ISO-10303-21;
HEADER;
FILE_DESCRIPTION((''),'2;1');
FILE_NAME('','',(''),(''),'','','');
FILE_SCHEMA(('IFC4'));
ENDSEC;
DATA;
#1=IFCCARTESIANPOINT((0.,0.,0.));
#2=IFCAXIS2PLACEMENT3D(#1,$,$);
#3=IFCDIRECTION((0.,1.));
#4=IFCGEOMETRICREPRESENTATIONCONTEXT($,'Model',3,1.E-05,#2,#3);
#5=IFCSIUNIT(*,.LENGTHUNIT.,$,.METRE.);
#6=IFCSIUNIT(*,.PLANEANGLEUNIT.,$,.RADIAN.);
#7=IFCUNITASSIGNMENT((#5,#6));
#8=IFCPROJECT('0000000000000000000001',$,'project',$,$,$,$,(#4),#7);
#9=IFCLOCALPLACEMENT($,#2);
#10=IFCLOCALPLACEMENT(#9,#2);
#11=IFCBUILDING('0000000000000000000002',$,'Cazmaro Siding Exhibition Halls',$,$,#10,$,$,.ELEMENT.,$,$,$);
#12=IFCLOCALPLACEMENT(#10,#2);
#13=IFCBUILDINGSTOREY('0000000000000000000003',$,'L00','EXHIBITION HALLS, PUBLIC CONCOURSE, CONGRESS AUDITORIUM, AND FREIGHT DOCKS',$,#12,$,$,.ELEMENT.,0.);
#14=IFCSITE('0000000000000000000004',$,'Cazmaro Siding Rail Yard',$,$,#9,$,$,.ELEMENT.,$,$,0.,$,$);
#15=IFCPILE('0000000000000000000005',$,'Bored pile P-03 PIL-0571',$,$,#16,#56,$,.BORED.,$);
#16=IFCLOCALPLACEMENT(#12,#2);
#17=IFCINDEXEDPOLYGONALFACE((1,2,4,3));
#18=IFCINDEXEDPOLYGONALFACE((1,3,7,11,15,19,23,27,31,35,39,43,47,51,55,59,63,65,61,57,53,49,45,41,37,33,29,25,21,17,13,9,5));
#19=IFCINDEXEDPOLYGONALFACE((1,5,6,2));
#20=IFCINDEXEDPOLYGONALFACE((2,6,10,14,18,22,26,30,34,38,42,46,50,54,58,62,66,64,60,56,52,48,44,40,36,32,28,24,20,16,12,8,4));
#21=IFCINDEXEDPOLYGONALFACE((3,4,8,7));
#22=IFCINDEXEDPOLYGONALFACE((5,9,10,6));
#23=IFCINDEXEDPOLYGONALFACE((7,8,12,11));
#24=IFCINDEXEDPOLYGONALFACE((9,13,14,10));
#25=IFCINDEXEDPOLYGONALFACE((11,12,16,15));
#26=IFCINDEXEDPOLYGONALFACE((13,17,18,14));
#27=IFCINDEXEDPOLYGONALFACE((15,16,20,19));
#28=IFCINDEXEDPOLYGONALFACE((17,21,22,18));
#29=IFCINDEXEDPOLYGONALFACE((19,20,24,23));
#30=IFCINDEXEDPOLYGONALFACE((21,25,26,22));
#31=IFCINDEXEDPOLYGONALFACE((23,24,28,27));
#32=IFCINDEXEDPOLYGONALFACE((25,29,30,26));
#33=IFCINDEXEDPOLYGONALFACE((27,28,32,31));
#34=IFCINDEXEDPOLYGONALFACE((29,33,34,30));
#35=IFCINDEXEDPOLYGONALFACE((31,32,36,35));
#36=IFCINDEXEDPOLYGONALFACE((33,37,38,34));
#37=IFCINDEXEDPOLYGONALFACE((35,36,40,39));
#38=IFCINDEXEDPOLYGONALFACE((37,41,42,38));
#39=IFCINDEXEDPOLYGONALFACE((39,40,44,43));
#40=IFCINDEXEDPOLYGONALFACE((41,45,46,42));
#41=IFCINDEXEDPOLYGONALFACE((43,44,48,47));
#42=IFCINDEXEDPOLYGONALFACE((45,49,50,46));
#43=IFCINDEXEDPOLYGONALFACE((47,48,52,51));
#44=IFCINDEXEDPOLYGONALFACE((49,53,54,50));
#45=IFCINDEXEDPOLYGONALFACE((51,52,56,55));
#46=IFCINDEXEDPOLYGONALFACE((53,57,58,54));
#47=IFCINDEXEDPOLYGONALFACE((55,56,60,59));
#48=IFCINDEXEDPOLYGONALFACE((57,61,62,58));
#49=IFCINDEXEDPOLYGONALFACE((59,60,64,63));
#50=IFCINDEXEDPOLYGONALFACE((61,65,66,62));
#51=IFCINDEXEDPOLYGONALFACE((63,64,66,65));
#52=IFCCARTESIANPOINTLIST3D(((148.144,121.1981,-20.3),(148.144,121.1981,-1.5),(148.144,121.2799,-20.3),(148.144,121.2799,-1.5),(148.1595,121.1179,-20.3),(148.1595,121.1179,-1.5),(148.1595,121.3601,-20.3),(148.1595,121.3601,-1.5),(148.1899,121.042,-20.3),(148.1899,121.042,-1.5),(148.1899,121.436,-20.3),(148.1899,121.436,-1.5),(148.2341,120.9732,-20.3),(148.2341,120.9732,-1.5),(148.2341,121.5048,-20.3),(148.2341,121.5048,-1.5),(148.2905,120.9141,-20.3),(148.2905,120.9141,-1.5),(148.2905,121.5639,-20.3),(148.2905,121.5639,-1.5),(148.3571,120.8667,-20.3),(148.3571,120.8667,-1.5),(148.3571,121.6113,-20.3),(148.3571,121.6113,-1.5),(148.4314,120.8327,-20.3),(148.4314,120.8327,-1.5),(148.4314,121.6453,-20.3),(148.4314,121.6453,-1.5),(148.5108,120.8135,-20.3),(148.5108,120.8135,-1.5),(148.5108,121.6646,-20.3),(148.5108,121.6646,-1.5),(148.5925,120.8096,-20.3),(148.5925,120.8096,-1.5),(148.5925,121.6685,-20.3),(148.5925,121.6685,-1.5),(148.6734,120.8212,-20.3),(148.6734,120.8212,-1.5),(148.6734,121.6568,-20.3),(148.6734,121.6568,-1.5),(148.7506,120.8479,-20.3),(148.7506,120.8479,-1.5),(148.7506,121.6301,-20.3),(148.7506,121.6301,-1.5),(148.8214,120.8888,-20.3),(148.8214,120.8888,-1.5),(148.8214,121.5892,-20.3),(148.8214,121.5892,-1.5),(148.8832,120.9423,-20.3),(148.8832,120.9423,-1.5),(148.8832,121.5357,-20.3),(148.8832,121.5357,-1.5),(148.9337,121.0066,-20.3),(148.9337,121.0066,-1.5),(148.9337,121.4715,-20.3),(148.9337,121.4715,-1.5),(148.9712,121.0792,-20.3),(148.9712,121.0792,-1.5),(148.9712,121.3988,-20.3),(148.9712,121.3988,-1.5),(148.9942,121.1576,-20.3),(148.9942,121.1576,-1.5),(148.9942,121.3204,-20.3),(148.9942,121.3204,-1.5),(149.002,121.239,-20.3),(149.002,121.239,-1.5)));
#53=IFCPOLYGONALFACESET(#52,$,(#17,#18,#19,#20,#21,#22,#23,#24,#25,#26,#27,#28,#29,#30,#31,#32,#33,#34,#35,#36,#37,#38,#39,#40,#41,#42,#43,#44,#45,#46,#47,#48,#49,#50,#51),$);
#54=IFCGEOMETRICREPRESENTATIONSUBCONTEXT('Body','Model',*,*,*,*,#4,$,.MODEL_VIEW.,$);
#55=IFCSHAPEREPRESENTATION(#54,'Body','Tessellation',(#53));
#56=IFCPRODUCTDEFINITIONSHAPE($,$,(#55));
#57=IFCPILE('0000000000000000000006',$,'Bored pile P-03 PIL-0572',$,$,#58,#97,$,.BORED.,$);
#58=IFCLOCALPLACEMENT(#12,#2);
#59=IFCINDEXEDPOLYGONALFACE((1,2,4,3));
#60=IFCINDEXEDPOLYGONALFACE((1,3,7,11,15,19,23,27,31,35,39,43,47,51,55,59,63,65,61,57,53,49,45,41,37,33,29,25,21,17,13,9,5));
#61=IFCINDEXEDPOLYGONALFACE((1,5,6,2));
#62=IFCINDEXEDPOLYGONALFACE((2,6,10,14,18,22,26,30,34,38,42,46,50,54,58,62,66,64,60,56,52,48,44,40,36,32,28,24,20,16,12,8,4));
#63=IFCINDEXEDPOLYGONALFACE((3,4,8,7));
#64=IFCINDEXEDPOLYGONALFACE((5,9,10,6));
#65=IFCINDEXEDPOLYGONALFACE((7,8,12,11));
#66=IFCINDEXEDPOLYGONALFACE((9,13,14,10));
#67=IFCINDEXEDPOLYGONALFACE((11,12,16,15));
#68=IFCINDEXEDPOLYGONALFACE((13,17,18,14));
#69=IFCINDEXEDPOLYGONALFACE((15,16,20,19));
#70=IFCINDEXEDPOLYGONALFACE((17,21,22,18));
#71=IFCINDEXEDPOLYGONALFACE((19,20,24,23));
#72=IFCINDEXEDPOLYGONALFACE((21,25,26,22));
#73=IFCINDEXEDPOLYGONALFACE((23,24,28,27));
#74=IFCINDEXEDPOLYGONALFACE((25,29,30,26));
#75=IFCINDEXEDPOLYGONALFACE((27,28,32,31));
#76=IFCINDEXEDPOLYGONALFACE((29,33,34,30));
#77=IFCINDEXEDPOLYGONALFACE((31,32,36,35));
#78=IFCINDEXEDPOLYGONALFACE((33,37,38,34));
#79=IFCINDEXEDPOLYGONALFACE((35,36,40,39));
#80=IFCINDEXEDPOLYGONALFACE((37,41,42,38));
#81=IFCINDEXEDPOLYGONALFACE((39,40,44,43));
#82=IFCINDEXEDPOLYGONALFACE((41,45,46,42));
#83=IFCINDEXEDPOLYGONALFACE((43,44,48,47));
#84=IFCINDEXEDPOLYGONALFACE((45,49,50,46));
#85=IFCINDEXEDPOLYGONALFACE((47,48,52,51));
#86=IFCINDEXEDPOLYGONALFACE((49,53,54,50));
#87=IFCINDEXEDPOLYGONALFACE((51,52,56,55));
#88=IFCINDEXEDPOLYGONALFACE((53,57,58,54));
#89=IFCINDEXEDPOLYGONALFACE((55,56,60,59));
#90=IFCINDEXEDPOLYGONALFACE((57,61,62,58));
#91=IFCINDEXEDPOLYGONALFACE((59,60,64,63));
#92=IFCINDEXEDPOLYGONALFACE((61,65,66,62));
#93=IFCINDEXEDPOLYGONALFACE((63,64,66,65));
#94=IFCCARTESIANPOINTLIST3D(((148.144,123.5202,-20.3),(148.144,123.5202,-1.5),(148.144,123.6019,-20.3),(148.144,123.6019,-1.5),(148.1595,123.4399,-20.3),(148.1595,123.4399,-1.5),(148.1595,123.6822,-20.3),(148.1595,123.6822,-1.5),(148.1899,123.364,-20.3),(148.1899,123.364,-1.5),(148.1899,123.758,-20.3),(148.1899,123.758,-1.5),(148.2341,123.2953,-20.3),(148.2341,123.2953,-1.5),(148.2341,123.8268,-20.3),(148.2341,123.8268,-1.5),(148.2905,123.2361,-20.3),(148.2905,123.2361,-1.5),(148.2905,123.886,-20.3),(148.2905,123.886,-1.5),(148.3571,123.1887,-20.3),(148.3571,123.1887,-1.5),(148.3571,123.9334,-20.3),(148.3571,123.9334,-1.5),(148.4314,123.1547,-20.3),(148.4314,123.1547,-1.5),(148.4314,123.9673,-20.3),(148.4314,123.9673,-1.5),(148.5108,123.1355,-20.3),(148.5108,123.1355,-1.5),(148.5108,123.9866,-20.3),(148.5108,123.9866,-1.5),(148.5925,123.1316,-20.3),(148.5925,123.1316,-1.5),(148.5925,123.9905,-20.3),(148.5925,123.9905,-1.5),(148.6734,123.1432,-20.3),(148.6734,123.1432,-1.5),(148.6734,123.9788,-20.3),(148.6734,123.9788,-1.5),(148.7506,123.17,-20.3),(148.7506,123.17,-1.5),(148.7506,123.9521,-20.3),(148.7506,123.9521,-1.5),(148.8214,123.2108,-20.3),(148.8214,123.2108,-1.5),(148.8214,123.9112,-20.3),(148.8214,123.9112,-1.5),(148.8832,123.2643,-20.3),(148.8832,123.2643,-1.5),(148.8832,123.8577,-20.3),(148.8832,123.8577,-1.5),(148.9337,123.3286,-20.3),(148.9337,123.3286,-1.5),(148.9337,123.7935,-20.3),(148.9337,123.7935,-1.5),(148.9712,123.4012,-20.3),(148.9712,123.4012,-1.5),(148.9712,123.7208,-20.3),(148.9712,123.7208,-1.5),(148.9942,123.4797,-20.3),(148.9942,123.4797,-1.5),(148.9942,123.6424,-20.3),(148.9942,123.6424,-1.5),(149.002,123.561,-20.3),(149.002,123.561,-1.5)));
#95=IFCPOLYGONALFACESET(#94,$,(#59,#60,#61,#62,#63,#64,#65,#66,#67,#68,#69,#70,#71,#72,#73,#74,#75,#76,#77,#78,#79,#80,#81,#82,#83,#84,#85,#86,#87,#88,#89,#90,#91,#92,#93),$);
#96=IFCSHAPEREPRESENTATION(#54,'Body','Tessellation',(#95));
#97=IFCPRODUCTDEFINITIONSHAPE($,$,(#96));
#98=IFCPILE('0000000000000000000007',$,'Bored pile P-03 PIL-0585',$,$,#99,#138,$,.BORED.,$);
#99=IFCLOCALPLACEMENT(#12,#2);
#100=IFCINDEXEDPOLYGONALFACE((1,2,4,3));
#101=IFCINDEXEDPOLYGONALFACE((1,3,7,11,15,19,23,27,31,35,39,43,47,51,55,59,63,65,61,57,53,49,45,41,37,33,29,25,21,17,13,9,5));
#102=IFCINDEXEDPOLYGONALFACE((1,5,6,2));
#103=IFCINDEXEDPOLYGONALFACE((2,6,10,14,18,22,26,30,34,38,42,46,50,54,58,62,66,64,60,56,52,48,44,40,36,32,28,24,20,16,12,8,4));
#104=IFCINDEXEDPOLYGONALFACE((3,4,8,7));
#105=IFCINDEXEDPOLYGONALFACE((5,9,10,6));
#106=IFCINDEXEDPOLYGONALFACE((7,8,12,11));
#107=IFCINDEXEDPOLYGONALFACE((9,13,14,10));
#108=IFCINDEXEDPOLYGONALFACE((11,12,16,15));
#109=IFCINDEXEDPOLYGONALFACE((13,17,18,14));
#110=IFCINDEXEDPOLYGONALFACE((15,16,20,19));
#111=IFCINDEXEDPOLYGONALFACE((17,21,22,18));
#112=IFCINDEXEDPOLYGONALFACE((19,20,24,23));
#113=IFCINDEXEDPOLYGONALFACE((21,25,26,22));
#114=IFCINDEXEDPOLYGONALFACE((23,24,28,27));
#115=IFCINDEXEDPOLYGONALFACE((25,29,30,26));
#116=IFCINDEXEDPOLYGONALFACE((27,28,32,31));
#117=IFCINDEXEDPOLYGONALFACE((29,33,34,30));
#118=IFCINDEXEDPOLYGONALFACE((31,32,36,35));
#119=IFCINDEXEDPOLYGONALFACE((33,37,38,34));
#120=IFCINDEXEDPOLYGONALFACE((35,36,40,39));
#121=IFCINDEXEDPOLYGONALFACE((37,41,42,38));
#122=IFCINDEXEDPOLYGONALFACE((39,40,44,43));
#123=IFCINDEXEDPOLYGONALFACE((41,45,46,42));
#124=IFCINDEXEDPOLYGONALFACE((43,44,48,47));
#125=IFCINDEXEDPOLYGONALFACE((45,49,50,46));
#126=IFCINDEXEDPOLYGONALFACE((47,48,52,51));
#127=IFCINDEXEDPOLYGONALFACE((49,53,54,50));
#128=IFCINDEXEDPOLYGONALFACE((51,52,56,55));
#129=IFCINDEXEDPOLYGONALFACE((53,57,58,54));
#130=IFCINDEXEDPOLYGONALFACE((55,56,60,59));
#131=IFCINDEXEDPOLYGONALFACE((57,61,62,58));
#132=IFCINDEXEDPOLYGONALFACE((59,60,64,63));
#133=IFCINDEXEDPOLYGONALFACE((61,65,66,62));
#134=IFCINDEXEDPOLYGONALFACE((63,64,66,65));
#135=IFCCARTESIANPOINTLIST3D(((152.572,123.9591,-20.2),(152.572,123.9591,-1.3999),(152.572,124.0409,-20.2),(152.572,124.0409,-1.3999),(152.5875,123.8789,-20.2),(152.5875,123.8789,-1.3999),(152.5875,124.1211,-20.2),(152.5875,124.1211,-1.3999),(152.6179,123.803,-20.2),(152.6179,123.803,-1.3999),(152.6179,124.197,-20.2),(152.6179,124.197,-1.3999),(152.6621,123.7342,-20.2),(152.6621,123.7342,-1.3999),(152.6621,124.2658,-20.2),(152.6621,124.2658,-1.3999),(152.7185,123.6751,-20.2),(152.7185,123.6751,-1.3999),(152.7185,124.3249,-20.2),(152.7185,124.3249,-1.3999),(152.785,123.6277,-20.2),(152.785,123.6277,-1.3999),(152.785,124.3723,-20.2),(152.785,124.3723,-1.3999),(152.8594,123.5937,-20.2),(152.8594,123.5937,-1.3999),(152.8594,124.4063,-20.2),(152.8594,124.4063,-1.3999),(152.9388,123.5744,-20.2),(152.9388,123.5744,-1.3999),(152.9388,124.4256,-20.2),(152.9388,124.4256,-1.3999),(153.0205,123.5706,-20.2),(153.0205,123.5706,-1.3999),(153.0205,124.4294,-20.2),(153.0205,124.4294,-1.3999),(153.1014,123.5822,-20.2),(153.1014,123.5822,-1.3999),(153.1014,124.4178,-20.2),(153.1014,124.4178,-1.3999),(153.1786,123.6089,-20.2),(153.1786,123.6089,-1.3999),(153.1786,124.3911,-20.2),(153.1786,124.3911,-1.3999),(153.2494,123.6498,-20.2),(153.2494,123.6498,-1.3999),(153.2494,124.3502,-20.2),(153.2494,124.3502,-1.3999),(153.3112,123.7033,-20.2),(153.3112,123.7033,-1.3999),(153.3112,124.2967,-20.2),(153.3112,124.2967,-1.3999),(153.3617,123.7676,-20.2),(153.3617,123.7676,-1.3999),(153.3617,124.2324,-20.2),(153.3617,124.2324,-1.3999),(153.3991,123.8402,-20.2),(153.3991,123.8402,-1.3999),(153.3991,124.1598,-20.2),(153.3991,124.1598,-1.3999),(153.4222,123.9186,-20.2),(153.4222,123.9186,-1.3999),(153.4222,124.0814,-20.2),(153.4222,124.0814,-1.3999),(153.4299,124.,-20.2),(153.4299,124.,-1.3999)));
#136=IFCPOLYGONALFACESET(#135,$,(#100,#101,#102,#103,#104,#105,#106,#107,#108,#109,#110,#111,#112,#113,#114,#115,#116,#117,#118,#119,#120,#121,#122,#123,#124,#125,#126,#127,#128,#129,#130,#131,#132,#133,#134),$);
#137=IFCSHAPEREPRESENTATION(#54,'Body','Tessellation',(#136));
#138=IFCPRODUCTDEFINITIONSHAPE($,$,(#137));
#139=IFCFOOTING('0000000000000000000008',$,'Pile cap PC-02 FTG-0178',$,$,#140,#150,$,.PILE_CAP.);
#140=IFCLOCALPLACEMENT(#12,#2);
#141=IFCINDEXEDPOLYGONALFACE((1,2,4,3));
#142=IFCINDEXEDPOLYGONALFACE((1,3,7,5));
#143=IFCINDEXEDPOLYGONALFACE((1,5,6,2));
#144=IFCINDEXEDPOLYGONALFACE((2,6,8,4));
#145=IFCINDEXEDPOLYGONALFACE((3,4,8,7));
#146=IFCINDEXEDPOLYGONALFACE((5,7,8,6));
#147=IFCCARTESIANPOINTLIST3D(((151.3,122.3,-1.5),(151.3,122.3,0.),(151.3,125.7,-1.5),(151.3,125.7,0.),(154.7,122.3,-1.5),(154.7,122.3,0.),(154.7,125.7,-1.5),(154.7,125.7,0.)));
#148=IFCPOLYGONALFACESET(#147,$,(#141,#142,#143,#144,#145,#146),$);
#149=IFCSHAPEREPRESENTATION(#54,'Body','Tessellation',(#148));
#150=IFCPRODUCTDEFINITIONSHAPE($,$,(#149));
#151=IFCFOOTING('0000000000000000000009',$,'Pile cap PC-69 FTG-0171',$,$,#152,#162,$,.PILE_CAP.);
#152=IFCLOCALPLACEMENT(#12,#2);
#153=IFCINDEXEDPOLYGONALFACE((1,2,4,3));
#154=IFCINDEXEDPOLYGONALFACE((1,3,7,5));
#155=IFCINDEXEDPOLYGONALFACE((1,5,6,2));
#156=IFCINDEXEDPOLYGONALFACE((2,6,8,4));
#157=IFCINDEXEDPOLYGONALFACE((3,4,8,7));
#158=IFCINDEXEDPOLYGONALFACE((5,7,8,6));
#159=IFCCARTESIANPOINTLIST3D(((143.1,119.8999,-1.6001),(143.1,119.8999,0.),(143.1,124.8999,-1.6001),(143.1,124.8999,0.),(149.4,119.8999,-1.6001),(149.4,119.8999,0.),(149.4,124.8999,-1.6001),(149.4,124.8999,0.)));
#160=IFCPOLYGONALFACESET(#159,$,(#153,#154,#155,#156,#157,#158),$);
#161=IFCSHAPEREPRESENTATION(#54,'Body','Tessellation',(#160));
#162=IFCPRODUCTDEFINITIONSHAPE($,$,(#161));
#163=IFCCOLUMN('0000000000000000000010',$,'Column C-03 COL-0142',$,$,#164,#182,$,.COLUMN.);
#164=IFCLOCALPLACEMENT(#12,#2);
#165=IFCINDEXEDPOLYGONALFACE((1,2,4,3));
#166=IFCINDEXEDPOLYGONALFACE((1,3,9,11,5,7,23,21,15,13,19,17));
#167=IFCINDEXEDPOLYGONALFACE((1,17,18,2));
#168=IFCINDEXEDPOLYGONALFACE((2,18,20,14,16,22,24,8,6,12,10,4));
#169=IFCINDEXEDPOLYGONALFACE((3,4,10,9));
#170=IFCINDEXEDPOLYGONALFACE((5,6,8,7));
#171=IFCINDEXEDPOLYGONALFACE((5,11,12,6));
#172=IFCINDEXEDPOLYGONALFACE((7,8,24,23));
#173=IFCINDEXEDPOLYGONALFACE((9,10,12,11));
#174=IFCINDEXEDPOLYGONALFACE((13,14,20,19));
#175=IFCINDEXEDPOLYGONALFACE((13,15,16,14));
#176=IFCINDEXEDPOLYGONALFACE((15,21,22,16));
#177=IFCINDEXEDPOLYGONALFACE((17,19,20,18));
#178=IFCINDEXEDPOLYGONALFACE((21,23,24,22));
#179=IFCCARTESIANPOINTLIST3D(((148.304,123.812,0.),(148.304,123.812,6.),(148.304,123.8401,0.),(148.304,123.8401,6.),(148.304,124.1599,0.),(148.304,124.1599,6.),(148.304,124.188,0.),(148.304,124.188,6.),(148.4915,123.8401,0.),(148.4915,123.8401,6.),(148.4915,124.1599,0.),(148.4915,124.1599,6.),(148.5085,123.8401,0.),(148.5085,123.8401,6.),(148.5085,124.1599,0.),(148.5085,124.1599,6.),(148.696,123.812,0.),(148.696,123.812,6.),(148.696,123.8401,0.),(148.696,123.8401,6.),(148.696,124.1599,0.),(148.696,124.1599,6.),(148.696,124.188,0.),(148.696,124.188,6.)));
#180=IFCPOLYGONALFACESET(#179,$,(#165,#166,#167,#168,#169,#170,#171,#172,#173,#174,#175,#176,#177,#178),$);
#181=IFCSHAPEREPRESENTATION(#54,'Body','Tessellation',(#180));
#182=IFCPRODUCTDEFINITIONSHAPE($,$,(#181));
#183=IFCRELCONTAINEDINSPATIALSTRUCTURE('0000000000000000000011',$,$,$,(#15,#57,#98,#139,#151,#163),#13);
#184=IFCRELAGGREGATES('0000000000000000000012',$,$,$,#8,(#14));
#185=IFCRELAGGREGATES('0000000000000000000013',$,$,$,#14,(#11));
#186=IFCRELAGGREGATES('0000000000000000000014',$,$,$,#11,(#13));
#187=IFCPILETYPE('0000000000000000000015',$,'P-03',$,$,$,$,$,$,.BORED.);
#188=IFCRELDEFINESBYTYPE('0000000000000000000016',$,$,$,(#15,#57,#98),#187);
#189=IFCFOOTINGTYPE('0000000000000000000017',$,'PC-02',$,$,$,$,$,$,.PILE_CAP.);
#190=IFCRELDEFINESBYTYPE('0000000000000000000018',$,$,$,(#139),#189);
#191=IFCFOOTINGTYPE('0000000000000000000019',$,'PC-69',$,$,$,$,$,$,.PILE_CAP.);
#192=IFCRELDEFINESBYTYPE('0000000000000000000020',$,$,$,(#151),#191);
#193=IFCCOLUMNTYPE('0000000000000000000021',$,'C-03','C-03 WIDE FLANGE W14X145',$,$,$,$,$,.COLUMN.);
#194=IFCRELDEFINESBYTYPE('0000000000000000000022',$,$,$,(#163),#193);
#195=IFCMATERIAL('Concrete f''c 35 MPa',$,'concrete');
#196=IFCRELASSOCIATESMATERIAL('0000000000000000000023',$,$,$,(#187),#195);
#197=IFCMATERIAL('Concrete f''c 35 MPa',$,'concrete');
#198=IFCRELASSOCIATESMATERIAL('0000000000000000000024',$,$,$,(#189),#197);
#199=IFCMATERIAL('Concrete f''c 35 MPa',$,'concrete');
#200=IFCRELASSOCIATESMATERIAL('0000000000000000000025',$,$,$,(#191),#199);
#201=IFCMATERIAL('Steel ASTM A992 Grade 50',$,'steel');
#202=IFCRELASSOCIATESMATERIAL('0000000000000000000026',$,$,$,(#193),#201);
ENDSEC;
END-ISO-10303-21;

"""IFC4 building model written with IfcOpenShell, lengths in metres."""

from ifc_helpers import new_model, si_unit, direction, frame, origin, origin_2d, place, context, subcontext, project, spatial, rectangle, circle, i_section, extrude, material, material_profile, profile_set, type_object, element, save


model = new_model("IFC4")

# Units and contexts
model_context = context("Model", 3, precision=1e-05, world=origin(), true_north=direction((0.0, 1.0)))
body_context = subcontext(model_context, "Body", "Model", "MODEL_VIEW")
ifc_project = project(units=[si_unit("LENGTHUNIT", "METRE"), si_unit("PLANEANGLEUNIT", "RADIAN")], contexts=[model_context])

# Site, building, storey
site_placement = place(None, origin())
site = spatial("IfcSite", under=ifc_project, at=site_placement, Name="Cazmaro Siding Rail Yard", CompositionType="ELEMENT", RefElevation=0.0)
building_placement = place(site_placement, origin())
building = spatial("IfcBuilding", under=site, at=building_placement, Name="Cazmaro Siding Exhibition Halls", CompositionType="ELEMENT")
storey_placement = place(building_placement, origin())
storey = spatial("IfcBuildingStorey", under=building, at=storey_placement, Name="L00", Description="EXHIBITION HALLS, PUBLIC CONCOURSE, CONGRESS AUDITORIUM, AND FREIGHT DOCKS", CompositionType="ELEMENT", Elevation=0.0)

# Piles
ifc_material_1 = material(Name="Concrete f'c 35 MPa", Category="concrete")
ifc_material_profile_1 = material_profile(ifc_material_1, circle(Radius=0.4299, at=origin_2d()), Name="CIDH-860")
ifc_profile_set_1 = profile_set([ifc_material_profile_1], Name="Concrete f'c 35 MPa")
pile_type = type_object("IfcPileType", Name="P-03", PredefinedType="BORED", material=ifc_profile_set_1)
for number, where, z_axis, x_axis, name in (
    (1, (148.572, 121.239, -1.5), (0.0, 0.0, -1.0), (1.0, 0.0, 0.0), "Bored pile P-03 PIL-0571"),
    (2, (148.572, 123.561, -1.5), (0.0, 0.0, -1.0), (1.0, 0.0, 0.0), "Bored pile P-03 PIL-0572"),
    (3, (153.0, 124.0, -1.3999), (0.0, 0.0, -1.0), (1.0, 0.0, 0.0), "Bored pile P-03 PIL-0585"),
):
    element("IfcPile", number, at=place(storey_placement, frame(where, z_axis=z_axis, x_axis=x_axis)), inside=storey, type_object=pile_type, Name=name, PredefinedType="BORED", context=body_context, shape_type="SweptSolid", body=[
        extrude(circle(Radius=0.4299, at=origin_2d()), origin(), (0.0, 0.0, 1.0), 18.8),
    ])

# Footings
ifc_material_2 = material(Name="Concrete f'c 35 MPa", Category="concrete")
footing_type_1 = type_object("IfcFootingType", Name="PC-02", PredefinedType="PILE_CAP", material=ifc_material_2)
footing_1_placement = place(storey_placement, frame((153.0, 124.0, -1.5), z_axis=(0.0, 0.0, 1.0), x_axis=(1.0, 0.0, 0.0)))
element("IfcFooting", 4, at=footing_1_placement, inside=storey, type_object=footing_type_1, Name="Pile cap PC-02 FTG-0178", PredefinedType="PILE_CAP", context=body_context, shape_type="SweptSolid", body=[
    extrude(rectangle(XDim=3.3999, YDim=3.3999, at=origin_2d()), origin(), (0.0, 0.0, 1.0), 1.5),
])
ifc_material_3 = material(Name="Concrete f'c 35 MPa", Category="concrete")
footing_type_2 = type_object("IfcFootingType", Name="PC-69", PredefinedType="PILE_CAP", material=ifc_material_3)
footing_2_placement = place(storey_placement, frame((146.25, 122.3999, -1.6001), z_axis=(0.0, 0.0, 1.0), x_axis=(1.0, 0.0, 0.0)))
element("IfcFooting", 5, at=footing_2_placement, inside=storey, type_object=footing_type_2, Name="Pile cap PC-69 FTG-0171", PredefinedType="PILE_CAP", context=body_context, shape_type="SweptSolid", body=[
    extrude(rectangle(XDim=6.3, YDim=5.0, at=origin_2d()), origin(), (0.0, 0.0, 1.0), 1.6001),
])

# Column
ifc_material_4 = material(Name="Steel ASTM A992 Grade 50", Category="steel")
ifc_material_profile_2 = material_profile(ifc_material_4, i_section(OverallWidth=0.3921, OverallDepth=0.376, WebThickness=0.0171, FlangeThickness=0.0281, at=origin_2d()), Name="W14X145")
ifc_profile_set_2 = profile_set([ifc_material_profile_2], Name="Steel ASTM A992 Grade 50")
column_type_1 = type_object("IfcColumnType", Name="C-03", Description="C-03 WIDE FLANGE W14X145", PredefinedType="COLUMN", material=ifc_profile_set_2)
column_1_placement = place(storey_placement, frame((148.5, 124.0, 0.0), z_axis=(0.0, 0.0, 1.0), x_axis=(1.0, 0.0, 0.0)))
element("IfcColumn", 6, at=column_1_placement, inside=storey, type_object=column_type_1, Name="Column C-03 COL-0142", PredefinedType="COLUMN", context=body_context, shape_type="SweptSolid", body=[
    extrude(i_section(OverallWidth=0.3921, OverallDepth=0.376, WebThickness=0.0171, FlangeThickness=0.0281, at=origin_2d()), origin(), (0.0, 0.0, 1.0), 6.0),
])

save(model, "model.ifc")
